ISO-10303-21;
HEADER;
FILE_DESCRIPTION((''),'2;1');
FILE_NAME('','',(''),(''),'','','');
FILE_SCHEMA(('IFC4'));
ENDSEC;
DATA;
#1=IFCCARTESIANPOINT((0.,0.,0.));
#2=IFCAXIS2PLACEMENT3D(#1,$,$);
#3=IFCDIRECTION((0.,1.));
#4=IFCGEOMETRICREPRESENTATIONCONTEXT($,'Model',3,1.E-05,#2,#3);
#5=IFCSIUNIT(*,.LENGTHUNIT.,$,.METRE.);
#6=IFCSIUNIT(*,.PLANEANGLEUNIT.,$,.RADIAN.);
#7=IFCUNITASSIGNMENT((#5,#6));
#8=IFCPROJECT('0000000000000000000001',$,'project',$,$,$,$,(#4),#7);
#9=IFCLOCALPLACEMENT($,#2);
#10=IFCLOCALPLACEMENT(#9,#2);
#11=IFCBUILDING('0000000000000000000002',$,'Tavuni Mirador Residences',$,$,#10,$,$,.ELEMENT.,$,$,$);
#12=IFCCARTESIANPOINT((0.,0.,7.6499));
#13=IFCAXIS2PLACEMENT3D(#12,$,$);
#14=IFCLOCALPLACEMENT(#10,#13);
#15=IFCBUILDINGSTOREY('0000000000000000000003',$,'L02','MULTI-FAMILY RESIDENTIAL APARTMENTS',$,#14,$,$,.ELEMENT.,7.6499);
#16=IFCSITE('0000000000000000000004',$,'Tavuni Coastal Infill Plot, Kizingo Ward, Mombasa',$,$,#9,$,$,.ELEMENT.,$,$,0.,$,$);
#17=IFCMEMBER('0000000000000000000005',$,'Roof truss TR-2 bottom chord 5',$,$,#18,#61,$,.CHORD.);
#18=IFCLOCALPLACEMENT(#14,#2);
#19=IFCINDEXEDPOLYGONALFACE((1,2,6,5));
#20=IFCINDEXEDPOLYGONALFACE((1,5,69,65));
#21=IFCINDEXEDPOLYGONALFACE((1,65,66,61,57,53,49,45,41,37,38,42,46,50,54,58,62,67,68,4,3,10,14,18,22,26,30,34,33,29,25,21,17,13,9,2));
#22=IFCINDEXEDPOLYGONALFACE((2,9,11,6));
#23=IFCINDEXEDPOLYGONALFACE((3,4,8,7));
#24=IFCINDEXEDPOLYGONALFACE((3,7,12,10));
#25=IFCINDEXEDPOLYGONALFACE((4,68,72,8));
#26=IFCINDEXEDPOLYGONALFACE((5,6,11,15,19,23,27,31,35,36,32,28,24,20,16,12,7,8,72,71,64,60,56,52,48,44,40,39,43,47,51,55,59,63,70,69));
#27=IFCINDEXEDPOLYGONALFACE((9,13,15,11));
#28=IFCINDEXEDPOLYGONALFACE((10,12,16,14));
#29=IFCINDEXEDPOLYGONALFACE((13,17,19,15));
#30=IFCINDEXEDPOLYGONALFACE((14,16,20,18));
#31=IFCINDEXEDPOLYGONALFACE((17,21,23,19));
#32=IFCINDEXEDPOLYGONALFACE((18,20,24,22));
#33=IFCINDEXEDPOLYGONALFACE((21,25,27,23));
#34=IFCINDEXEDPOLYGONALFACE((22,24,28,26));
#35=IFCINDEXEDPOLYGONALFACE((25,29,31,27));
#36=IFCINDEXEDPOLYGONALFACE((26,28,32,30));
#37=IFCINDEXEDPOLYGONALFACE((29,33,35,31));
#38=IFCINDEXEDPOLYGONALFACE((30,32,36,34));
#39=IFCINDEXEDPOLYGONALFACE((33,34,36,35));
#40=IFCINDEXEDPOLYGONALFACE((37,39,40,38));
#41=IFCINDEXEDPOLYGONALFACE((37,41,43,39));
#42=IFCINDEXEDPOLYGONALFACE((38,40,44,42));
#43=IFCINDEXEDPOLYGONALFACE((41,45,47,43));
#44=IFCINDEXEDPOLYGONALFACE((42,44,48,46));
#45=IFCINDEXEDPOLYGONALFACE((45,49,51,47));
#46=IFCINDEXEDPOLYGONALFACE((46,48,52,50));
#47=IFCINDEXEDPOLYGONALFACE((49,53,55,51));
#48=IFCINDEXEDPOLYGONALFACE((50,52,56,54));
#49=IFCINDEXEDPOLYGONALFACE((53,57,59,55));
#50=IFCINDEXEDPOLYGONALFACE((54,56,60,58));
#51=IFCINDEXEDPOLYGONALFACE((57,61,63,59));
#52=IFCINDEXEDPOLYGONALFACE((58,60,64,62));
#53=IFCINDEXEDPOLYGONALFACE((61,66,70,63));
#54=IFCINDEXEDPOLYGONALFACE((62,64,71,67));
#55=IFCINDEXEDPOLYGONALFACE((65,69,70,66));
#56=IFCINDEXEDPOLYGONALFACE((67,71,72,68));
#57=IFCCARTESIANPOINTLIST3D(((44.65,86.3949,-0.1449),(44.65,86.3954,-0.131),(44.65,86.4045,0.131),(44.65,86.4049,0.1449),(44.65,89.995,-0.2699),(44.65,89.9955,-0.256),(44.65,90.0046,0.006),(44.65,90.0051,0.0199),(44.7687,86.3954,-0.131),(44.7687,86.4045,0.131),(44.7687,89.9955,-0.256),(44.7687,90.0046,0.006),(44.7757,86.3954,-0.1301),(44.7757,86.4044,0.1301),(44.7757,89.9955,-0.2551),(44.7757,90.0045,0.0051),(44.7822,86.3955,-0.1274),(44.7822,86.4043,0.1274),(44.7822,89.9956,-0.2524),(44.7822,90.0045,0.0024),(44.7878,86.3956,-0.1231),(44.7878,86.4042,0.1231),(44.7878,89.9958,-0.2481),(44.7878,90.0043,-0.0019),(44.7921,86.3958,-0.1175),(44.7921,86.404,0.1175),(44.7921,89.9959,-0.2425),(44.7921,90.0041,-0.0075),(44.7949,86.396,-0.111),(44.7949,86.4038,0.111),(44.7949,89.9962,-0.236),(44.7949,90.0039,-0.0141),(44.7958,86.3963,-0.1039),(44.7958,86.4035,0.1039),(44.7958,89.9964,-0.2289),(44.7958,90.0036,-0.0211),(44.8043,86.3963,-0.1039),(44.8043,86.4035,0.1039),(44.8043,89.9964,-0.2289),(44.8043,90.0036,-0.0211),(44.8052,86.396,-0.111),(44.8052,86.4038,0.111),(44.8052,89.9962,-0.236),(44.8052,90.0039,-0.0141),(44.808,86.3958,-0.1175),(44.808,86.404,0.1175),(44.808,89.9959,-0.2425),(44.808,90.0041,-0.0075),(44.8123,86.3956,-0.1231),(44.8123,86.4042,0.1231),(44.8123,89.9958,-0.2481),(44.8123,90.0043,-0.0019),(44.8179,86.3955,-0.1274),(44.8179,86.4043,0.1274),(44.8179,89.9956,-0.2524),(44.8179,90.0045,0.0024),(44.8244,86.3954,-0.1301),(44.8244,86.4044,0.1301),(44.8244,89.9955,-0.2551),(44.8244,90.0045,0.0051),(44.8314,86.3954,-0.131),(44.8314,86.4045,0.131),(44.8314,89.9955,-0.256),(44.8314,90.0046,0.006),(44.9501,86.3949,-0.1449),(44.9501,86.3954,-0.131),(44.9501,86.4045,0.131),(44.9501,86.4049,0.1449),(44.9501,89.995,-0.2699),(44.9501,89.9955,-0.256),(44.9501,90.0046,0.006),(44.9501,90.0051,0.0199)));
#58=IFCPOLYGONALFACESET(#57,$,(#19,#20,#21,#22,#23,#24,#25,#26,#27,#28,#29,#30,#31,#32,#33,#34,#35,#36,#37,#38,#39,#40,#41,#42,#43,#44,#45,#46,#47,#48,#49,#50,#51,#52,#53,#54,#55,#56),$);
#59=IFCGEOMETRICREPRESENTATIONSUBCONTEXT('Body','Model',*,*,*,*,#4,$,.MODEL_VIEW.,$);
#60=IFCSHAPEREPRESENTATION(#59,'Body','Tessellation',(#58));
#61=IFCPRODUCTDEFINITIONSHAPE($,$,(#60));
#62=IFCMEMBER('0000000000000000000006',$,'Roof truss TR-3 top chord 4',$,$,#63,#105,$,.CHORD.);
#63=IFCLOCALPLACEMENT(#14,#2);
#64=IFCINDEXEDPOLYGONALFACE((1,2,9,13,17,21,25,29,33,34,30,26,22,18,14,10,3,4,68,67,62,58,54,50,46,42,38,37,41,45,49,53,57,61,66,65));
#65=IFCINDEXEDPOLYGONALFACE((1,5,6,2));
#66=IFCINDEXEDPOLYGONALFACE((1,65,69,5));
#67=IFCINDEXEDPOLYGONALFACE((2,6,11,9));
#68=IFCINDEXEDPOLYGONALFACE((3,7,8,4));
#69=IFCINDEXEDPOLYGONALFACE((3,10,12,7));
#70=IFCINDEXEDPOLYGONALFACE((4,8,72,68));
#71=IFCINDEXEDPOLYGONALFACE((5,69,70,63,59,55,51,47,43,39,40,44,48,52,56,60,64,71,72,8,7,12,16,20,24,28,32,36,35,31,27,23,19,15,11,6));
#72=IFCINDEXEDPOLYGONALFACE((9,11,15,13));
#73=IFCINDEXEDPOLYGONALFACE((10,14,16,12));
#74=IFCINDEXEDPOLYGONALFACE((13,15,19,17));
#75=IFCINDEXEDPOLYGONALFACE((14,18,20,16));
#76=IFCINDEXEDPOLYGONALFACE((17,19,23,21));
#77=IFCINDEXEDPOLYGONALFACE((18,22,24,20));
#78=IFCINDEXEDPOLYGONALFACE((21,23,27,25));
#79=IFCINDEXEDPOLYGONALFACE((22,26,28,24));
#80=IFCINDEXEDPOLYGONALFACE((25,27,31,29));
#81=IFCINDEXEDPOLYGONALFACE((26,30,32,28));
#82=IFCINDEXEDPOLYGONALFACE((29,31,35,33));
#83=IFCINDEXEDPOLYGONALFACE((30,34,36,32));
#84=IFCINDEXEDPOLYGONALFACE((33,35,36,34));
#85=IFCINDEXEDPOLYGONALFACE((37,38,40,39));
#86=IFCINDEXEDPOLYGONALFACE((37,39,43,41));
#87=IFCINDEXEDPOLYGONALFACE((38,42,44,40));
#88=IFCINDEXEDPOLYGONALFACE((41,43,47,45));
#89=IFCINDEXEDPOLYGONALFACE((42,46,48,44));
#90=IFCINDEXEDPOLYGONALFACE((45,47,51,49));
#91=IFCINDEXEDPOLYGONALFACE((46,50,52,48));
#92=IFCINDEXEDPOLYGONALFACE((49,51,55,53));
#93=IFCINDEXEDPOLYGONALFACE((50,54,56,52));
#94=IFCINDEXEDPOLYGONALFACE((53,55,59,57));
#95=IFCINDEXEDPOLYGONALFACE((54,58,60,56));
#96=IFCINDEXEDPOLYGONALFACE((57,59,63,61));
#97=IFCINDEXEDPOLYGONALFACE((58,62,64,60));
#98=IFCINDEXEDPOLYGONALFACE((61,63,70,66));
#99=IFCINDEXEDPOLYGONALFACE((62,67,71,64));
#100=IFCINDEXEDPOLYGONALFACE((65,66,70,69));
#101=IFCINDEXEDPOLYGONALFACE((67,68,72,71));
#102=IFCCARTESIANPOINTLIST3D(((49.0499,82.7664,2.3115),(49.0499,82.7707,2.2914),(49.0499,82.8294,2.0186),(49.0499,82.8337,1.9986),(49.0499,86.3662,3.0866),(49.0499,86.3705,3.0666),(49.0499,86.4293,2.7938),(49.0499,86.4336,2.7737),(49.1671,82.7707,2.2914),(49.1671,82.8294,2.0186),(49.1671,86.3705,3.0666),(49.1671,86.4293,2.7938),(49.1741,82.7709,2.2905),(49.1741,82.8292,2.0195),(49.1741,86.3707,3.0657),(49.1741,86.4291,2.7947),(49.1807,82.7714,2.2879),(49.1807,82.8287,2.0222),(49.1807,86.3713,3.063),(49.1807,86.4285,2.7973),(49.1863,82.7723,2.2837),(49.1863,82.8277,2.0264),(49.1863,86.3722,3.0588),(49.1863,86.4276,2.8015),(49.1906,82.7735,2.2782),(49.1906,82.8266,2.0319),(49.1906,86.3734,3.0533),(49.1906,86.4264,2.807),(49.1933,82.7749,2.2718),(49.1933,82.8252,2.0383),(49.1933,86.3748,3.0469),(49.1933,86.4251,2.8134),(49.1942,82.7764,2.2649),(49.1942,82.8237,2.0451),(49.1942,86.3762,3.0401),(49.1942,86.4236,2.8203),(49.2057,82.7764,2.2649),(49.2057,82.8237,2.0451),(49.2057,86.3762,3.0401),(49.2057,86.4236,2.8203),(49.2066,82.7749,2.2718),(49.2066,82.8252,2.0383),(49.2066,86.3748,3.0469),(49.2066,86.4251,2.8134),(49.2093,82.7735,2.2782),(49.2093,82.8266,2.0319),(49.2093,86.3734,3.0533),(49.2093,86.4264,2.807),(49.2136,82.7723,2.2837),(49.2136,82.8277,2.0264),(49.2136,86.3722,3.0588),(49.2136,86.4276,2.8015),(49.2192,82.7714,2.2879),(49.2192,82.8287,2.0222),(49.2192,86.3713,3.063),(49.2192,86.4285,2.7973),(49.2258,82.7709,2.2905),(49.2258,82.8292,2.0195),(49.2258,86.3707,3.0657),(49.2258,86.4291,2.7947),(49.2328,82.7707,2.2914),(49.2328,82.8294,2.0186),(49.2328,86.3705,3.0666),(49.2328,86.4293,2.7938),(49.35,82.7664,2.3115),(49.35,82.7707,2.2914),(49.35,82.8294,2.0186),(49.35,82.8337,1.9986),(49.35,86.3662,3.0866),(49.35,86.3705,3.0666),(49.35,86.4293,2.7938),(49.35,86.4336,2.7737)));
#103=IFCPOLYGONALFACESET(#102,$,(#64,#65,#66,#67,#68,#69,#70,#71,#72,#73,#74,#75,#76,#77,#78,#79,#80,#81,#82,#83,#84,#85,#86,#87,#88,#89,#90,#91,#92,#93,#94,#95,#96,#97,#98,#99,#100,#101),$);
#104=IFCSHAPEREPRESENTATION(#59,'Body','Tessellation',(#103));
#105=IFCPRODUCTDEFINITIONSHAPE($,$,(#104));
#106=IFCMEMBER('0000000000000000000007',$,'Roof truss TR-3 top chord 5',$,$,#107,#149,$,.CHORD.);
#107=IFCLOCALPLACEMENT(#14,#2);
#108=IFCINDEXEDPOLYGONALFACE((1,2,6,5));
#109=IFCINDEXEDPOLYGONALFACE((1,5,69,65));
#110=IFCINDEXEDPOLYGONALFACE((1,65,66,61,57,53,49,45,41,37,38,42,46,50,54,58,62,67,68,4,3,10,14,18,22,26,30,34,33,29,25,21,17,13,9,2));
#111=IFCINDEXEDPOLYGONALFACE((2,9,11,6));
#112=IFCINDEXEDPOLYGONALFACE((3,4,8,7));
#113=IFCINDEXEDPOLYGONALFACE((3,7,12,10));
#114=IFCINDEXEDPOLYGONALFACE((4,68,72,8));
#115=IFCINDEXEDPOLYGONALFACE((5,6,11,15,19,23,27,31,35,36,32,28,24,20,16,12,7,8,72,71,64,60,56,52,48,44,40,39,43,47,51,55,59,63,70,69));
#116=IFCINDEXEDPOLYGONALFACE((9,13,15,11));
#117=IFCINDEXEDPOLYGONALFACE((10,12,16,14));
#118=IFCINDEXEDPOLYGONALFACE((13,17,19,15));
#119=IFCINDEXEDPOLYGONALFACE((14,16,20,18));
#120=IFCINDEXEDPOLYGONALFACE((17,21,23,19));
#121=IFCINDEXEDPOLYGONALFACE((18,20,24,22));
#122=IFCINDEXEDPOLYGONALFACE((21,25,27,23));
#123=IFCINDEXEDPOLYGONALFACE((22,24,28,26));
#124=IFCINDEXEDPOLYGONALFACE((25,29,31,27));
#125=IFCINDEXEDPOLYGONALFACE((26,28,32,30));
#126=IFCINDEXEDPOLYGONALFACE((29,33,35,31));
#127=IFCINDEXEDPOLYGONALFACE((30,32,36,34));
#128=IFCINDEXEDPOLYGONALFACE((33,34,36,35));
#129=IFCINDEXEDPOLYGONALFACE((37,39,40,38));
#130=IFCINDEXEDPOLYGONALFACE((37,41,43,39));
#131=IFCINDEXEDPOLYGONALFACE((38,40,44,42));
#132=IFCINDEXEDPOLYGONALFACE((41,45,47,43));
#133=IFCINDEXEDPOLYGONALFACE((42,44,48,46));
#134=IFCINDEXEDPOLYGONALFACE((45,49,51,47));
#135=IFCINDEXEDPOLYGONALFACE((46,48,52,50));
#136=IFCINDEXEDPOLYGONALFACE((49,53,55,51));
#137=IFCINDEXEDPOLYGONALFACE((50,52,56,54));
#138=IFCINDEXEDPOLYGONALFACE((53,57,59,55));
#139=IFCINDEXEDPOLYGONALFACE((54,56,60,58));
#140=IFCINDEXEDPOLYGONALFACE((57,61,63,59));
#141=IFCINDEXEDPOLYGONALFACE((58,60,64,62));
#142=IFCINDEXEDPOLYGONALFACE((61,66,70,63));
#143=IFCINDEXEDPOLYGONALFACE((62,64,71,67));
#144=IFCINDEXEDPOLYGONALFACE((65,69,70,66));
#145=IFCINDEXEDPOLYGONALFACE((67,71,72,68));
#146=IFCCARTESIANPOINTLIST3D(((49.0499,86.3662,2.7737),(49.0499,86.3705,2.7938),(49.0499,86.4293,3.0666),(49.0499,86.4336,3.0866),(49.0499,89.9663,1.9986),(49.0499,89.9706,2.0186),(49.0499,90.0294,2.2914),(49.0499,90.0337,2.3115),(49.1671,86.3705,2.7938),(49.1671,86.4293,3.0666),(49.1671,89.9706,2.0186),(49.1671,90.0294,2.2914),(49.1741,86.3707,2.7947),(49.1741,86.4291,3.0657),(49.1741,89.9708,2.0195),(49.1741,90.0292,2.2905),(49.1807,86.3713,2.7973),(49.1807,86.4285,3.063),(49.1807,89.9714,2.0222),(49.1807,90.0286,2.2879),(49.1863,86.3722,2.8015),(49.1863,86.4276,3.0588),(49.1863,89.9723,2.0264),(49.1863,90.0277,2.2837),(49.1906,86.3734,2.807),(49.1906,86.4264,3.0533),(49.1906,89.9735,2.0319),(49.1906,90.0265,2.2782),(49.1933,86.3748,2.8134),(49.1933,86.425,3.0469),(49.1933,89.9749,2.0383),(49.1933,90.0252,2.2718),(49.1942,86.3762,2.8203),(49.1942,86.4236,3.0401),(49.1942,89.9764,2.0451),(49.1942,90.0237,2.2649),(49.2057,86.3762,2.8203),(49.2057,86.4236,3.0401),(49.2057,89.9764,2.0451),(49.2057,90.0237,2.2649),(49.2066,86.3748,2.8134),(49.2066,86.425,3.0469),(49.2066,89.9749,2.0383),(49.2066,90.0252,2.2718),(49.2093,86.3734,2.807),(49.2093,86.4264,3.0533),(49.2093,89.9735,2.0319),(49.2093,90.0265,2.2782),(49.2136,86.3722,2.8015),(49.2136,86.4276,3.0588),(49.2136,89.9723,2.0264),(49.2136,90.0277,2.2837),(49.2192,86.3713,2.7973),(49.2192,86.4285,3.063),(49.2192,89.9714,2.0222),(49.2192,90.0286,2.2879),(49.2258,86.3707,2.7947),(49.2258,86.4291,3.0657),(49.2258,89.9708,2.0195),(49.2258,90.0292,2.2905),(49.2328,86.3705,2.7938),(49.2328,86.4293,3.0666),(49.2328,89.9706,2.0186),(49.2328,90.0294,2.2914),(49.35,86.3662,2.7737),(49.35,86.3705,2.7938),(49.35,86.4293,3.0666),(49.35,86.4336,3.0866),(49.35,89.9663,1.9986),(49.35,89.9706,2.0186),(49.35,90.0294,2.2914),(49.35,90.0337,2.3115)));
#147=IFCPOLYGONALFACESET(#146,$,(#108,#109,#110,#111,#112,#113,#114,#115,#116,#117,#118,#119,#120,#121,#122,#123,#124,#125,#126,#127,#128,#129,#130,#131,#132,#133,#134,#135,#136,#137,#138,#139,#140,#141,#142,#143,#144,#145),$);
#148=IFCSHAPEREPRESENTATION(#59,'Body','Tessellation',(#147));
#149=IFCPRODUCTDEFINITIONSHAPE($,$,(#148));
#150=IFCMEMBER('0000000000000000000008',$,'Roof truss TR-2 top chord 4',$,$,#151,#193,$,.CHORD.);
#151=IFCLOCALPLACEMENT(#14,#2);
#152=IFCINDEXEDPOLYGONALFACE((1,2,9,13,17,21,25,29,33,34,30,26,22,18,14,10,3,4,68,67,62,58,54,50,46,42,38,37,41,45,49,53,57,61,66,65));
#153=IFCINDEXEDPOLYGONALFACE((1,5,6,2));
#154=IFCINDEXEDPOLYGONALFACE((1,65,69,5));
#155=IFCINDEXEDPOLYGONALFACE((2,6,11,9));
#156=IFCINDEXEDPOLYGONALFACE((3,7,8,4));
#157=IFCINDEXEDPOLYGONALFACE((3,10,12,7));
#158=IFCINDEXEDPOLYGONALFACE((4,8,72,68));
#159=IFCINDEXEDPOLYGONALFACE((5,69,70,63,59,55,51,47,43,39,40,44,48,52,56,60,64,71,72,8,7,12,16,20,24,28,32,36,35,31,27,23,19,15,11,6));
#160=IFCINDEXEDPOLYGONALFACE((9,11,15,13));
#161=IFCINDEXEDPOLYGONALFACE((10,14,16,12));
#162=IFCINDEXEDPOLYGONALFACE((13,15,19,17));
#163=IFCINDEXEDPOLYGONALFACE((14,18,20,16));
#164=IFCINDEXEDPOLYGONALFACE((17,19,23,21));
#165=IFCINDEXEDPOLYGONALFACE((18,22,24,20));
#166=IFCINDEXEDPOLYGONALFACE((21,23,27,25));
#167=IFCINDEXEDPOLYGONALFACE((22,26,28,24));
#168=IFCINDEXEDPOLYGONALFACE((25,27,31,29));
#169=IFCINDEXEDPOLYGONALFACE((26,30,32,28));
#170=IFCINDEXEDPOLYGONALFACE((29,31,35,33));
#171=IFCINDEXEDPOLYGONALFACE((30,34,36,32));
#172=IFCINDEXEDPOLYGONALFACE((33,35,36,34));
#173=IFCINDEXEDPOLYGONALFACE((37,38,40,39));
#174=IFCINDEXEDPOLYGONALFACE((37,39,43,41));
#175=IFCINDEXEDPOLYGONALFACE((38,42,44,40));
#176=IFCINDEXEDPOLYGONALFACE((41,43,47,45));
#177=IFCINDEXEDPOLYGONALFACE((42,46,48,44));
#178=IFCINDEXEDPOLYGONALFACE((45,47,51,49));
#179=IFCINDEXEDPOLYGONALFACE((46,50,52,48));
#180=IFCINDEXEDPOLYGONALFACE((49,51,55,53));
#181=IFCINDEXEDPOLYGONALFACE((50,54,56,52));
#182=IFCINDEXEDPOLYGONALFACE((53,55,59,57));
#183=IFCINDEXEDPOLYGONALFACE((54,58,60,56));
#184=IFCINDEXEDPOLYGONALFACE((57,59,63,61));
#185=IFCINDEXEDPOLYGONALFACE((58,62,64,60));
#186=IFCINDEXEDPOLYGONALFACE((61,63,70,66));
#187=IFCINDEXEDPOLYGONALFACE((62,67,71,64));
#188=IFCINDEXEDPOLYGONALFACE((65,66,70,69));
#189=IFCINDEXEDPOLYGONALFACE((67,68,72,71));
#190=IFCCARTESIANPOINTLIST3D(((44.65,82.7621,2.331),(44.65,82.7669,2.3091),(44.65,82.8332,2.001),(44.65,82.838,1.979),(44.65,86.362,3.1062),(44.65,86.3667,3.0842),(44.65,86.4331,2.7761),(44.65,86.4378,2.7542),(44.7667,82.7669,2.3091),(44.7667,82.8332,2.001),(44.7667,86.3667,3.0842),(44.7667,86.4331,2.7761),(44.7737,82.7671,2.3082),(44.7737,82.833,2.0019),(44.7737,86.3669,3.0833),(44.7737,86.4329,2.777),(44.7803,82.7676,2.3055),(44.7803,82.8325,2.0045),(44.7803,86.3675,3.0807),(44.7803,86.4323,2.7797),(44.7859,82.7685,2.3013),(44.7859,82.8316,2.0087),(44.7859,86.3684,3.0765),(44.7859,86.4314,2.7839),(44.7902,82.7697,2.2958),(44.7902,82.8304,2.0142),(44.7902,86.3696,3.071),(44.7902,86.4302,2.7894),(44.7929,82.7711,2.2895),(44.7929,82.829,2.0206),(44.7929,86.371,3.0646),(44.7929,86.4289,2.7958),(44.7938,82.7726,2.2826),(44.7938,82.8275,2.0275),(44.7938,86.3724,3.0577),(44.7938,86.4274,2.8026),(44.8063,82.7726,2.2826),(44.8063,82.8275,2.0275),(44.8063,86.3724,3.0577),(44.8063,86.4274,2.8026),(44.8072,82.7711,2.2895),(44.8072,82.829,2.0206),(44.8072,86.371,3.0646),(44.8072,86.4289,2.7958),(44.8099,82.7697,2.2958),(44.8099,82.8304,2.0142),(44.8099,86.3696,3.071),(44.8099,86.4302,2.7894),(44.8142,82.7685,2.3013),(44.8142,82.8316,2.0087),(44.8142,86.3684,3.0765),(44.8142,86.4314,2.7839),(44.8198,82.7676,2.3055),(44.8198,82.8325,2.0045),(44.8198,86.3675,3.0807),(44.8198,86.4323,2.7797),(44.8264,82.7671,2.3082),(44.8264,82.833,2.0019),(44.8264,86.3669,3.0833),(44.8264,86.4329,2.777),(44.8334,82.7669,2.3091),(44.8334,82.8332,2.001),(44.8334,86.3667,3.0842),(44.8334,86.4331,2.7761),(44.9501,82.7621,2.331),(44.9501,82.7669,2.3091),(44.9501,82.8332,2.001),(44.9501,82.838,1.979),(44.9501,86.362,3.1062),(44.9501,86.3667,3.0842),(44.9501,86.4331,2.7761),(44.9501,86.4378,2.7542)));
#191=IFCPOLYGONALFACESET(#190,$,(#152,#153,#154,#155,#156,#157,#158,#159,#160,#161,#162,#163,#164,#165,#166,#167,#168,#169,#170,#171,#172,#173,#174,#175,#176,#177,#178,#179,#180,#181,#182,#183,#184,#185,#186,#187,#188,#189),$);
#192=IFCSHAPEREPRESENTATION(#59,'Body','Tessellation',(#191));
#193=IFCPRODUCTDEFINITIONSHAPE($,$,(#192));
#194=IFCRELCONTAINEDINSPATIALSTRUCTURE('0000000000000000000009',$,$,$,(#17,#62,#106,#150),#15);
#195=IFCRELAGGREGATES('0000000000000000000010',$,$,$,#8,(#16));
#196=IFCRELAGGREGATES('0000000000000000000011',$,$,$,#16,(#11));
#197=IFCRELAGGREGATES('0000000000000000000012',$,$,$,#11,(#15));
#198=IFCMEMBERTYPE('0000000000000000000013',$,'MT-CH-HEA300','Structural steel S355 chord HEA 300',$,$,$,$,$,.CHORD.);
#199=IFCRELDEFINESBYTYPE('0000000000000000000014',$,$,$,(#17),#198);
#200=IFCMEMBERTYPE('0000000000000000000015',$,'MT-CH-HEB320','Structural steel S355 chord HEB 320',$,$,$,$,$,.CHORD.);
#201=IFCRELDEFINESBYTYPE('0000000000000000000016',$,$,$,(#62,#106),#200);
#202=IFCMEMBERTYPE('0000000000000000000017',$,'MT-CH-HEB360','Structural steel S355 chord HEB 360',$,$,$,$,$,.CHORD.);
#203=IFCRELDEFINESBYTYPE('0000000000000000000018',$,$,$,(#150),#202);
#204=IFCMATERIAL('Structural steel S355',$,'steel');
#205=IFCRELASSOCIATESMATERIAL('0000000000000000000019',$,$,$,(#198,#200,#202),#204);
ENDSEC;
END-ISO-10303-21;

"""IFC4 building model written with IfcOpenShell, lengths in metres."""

from ifc_helpers import new_model, si_unit, direction, frame, origin, origin_2d, place, context, subcontext, project, spatial, i_section, extrude, material, material_profile, profile_set, type_object, element, save


model = new_model("IFC4")

# Units and contexts
model_context = context("Model", 3, precision=1e-05, world=origin(), true_north=direction((0.0, 1.0)))
body_context = subcontext(model_context, "Body", "Model", "MODEL_VIEW")
ifc_project = project(units=[si_unit("LENGTHUNIT", "METRE"), si_unit("PLANEANGLEUNIT", "RADIAN")], contexts=[model_context])

# Site, building, storey
site_placement = place(None, origin())
site = spatial("IfcSite", under=ifc_project, at=site_placement, Name="Tavuni Coastal Infill Plot, Kizingo Ward, Mombasa", CompositionType="ELEMENT", RefElevation=0.0)
building_placement = place(site_placement, origin())
building = spatial("IfcBuilding", under=site, at=building_placement, Name="Tavuni Mirador Residences", CompositionType="ELEMENT")
storey_placement = place(building_placement, frame((0.0, 0.0, 7.6499)))
storey = spatial("IfcBuildingStorey", under=building, at=storey_placement, Name="L02", Description="MULTI-FAMILY RESIDENTIAL APARTMENTS", CompositionType="ELEMENT", Elevation=7.6499)

# Members
ifc_material_1 = material(Name="Structural steel S355", Category="steel")
ifc_material_profile_1 = material_profile(ifc_material_1, i_section(OverallWidth=0.3, OverallDepth=0.29, WebThickness=0.0085, FlangeThickness=0.0139, FilletRadius=0.0271, at=origin_2d()), Name="HEA 300", Category="steel")
ifc_profile_set_1 = profile_set([ifc_material_profile_1], Name="Structural steel S355")
member_type_1 = type_object("IfcMemberType", Name="MT-CH-HEA300", Description="Structural steel S355 chord HEA 300", PredefinedType="CHORD", material=ifc_profile_set_1)
member_1_placement = place(storey_placement, frame((44.8, 86.3999, 0.0), z_axis=(0.0, 0.999398, -0.0347), x_axis=(-1.0, 0.0, 0.0)))
element("IfcMember", 1, at=member_1_placement, inside=storey, type_object=member_type_1, Name="Roof truss TR-2 bottom chord 5", PredefinedType="CHORD", context=body_context, shape_type="SweptSolid", body=[
    extrude(i_section(OverallWidth=0.3, OverallDepth=0.29, WebThickness=0.0085, FlangeThickness=0.0139, FilletRadius=0.0271, at=origin_2d()), origin(), (0.0, 0.0, 1.0), 3.6023),
])
ifc_material_profile_2 = material_profile(ifc_material_1, i_section(OverallWidth=0.3, OverallDepth=0.3201, WebThickness=0.0115, FlangeThickness=0.0205, FilletRadius=0.0271, at=origin_2d()), Name="HEB 320", Category="steel")
ifc_profile_set_2 = profile_set([ifc_material_profile_2], Name="Structural steel S355")
member_type_2 = type_object("IfcMemberType", Name="MT-CH-HEB320", Description="Structural steel S355 chord HEB 320", PredefinedType="CHORD", material=ifc_profile_set_2)
member_2_placement = place(storey_placement, frame((49.2, 82.8, 2.155), z_axis=(0.0, 0.977593, 0.210502), x_axis=(-1.0, 0.0, 0.0)))
element("IfcMember", 2, at=member_2_placement, inside=storey, type_object=member_type_2, Name="Roof truss TR-3 top chord 4", PredefinedType="CHORD", context=body_context, shape_type="SweptSolid", body=[
    extrude(i_section(OverallWidth=0.3, OverallDepth=0.3201, WebThickness=0.0115, FlangeThickness=0.0205, FilletRadius=0.0271, at=origin_2d()), origin(), (0.0, 0.0, 1.0), 3.6824),
])
member_3_placement = place(storey_placement, frame((49.2, 86.3999, 2.9302), z_axis=(0.0, 0.977596, -0.210489), x_axis=(-1.0, 0.0, 0.0)))
element("IfcMember", 3, at=member_3_placement, inside=storey, type_object=member_type_2, Name="Roof truss TR-3 top chord 5", PredefinedType="CHORD", context=body_context, shape_type="SweptSolid", body=[
    extrude(i_section(OverallWidth=0.3, OverallDepth=0.3201, WebThickness=0.0115, FlangeThickness=0.0205, FilletRadius=0.0271, at=origin_2d()), origin(), (0.0, 0.0, 1.0), 3.6826),
])
ifc_material_profile_3 = material_profile(ifc_material_1, i_section(OverallWidth=0.3, OverallDepth=0.3601, WebThickness=0.0125, FlangeThickness=0.0225, FilletRadius=0.0271, at=origin_2d()), Name="HEB 360", Category="steel")
ifc_profile_set_3 = profile_set([ifc_material_profile_3], Name="Structural steel S355")
member_type_3 = type_object("IfcMemberType", Name="MT-CH-HEB360", Description="Structural steel S355 chord HEB 360", PredefinedType="CHORD", material=ifc_profile_set_3)
member_4_placement = place(storey_placement, frame((44.8, 82.8, 2.155), z_axis=(0.0, 0.977593, 0.210502), x_axis=(-1.0, 0.0, 0.0)))
element("IfcMember", 4, at=member_4_placement, inside=storey, type_object=member_type_3, Name="Roof truss TR-2 top chord 4", PredefinedType="CHORD", context=body_context, shape_type="SweptSolid", body=[
    extrude(i_section(OverallWidth=0.3, OverallDepth=0.3601, WebThickness=0.0125, FlangeThickness=0.0225, FilletRadius=0.0271, at=origin_2d()), origin(), (0.0, 0.0, 1.0), 3.6824),
])

save(model, "model.ifc")
